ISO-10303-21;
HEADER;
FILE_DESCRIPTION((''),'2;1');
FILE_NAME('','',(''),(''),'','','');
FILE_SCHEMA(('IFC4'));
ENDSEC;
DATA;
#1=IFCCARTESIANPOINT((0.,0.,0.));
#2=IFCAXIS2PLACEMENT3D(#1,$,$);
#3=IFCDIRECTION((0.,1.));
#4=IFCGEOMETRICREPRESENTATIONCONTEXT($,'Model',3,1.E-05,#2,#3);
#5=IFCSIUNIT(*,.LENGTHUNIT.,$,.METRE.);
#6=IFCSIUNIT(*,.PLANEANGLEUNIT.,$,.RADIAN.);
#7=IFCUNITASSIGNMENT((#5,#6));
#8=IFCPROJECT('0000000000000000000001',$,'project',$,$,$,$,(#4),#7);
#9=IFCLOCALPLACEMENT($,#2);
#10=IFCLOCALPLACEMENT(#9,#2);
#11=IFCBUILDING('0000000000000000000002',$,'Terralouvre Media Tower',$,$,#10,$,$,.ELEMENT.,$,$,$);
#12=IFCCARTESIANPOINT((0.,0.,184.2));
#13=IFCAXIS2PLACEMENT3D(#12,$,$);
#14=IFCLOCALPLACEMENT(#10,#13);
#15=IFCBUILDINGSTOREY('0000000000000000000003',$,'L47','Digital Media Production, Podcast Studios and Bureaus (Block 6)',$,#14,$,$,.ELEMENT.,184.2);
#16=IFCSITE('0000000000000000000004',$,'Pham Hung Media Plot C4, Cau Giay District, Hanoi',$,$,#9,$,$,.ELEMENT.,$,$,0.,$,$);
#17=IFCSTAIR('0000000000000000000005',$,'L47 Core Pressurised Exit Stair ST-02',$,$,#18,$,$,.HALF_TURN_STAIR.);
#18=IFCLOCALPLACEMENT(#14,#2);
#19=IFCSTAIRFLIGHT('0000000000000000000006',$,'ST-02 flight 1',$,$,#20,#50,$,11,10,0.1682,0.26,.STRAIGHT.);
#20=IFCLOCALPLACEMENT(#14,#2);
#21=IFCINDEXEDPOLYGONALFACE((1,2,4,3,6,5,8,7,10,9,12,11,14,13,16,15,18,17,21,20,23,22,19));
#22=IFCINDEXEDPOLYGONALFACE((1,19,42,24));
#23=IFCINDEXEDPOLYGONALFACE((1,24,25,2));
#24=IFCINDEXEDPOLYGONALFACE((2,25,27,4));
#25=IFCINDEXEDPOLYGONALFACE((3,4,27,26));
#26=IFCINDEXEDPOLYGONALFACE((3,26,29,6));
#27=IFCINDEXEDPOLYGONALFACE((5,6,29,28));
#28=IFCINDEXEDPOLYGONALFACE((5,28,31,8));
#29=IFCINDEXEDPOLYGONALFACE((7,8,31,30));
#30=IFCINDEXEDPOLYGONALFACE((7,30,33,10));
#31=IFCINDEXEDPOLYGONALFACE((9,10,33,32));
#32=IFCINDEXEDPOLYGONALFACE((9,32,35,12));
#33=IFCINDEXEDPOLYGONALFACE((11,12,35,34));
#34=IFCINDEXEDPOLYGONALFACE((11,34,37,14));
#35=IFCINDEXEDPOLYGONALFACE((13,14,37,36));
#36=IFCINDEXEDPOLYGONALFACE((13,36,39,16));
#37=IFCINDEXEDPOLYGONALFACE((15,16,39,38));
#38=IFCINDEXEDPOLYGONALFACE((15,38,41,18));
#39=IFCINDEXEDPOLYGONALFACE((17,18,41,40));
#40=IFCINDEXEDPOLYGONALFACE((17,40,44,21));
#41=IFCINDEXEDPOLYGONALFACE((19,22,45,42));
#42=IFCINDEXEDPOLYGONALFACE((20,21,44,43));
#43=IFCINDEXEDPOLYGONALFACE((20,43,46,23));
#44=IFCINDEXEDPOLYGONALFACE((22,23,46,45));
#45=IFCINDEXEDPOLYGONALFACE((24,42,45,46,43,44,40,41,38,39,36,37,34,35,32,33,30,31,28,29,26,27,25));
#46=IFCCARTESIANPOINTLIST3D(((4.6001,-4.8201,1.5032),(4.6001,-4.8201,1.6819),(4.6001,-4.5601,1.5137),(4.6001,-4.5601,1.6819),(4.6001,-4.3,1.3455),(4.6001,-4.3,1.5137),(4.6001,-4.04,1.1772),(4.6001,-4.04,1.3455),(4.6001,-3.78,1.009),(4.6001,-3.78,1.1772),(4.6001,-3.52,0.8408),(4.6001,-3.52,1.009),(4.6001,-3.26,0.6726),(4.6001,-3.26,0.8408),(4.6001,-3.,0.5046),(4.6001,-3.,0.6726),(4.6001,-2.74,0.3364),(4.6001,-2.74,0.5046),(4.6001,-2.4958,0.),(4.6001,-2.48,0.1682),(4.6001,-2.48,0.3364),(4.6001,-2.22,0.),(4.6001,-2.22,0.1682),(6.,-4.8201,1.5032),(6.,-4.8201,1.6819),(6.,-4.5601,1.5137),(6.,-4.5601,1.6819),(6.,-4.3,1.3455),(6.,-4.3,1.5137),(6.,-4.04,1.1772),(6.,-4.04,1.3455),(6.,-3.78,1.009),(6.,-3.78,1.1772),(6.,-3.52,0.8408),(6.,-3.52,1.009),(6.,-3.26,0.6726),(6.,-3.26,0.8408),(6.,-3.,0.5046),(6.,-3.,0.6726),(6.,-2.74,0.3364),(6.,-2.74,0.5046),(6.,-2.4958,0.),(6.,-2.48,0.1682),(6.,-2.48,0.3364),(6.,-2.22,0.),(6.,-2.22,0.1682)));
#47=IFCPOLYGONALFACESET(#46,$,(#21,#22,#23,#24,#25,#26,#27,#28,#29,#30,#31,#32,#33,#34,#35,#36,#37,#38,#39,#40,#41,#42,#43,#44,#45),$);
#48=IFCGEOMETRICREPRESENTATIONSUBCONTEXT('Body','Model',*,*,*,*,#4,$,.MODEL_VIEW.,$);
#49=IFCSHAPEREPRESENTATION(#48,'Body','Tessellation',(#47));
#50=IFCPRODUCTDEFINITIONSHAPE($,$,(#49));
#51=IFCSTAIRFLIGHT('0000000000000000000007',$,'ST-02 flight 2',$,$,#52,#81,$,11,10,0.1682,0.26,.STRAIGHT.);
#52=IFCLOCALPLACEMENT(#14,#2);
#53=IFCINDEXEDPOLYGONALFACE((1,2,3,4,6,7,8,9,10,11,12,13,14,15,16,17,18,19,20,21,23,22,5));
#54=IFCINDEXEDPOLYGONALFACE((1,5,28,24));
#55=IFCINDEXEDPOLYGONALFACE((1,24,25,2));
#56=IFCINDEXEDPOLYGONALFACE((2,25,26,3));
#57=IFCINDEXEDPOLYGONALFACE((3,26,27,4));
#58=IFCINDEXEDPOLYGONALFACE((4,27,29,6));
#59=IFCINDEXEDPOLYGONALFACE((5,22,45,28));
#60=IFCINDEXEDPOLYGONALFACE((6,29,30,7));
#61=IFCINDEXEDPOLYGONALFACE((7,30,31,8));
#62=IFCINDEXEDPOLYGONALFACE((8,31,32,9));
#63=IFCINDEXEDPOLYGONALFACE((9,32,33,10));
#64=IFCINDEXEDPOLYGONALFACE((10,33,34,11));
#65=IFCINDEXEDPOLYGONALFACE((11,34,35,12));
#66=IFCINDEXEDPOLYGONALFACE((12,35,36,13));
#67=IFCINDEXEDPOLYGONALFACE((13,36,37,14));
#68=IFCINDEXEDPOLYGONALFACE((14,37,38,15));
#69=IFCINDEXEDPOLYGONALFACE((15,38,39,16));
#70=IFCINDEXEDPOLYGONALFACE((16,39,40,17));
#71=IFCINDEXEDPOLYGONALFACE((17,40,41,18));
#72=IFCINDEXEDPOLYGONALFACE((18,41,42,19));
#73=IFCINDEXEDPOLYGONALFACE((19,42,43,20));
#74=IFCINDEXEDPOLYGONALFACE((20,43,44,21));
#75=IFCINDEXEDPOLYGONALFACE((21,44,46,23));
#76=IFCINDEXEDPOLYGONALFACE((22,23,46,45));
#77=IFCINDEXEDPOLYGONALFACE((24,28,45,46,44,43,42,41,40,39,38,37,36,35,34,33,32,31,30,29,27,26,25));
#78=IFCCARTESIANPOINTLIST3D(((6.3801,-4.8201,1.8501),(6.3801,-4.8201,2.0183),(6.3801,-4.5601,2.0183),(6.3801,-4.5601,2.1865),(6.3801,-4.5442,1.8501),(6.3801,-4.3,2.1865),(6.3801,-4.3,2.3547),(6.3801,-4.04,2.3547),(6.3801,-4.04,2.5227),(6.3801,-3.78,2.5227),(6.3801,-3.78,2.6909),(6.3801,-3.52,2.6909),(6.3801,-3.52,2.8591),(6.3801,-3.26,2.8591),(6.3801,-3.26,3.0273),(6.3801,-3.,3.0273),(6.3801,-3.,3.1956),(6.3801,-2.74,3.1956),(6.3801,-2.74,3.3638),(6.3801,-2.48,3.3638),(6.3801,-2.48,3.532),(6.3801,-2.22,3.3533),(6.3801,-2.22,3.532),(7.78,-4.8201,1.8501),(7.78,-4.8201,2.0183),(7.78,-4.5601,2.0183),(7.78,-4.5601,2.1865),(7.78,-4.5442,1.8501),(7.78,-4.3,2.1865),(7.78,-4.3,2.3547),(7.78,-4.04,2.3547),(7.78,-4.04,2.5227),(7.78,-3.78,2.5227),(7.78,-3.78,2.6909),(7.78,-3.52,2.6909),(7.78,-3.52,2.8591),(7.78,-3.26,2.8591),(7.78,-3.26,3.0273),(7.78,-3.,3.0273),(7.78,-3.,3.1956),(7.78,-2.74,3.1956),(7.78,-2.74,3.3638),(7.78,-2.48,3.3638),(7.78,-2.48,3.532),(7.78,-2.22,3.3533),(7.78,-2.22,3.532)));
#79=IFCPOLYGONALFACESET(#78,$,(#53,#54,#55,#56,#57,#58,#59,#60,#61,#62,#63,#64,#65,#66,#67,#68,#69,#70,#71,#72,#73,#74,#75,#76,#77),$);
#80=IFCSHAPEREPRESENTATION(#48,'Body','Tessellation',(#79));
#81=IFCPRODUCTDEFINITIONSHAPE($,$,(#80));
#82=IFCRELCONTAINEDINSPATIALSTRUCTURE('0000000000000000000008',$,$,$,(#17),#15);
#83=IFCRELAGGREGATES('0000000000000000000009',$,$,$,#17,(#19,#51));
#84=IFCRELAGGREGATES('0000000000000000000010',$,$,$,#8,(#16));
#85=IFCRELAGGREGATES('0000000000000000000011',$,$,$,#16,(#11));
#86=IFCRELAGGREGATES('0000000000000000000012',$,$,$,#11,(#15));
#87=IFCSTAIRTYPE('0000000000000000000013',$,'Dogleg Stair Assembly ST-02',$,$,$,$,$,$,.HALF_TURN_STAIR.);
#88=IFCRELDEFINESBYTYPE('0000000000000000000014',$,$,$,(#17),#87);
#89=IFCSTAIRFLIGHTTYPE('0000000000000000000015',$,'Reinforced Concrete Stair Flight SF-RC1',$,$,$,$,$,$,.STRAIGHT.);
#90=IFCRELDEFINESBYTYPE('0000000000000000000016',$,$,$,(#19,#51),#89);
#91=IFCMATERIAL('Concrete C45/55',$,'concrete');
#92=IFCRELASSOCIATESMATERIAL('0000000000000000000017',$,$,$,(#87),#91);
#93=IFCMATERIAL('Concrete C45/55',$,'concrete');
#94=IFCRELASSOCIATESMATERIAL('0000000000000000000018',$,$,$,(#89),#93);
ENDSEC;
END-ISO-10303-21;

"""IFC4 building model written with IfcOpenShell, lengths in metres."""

from ifc_helpers import new_model, si_unit, direction, frame, origin, place, context, subcontext, project, spatial, polyline, outline, extrude, material, type_object, element, aggregate, save


model = new_model("IFC4")

# Units and contexts
model_context = context("Model", 3, precision=1e-05, world=origin(), true_north=direction((0.0, 1.0)))
body_context = subcontext(model_context, "Body", "Model", "MODEL_VIEW")
ifc_project = project(units=[si_unit("LENGTHUNIT", "METRE"), si_unit("PLANEANGLEUNIT", "RADIAN")], contexts=[model_context])

# Site, building, storey
site_placement = place(None, origin())
site = spatial("IfcSite", under=ifc_project, at=site_placement, Name="Pham Hung Media Plot C4, Cau Giay District, Hanoi", CompositionType="ELEMENT", RefElevation=0.0)
building_placement = place(site_placement, origin())
building = spatial("IfcBuilding", under=site, at=building_placement, Name="Terralouvre Media Tower", CompositionType="ELEMENT")
storey_placement = place(building_placement, frame((0.0, 0.0, 184.2)))
storey = spatial("IfcBuildingStorey", under=building, at=storey_placement, Name="L47", Description="Digital Media Production, Podcast Studios and Bureaus (Block 6)", CompositionType="ELEMENT", Elevation=184.2)

# Stair, stair flights
ifc_material_1 = material(Name="Concrete C45/55", Category="concrete")
stair_type = type_object("IfcStairType", Name="Dogleg Stair Assembly ST-02", PredefinedType="HALF_TURN_STAIR", material=ifc_material_1)
stair_placement = place(storey_placement, origin())
stair = element("IfcStair", 1, at=stair_placement, inside=storey, type_object=stair_type, Name="L47 Core Pressurised Exit Stair ST-02", PredefinedType="HALF_TURN_STAIR")
ifc_material_2 = material(Name="Concrete C45/55", Category="concrete")
stair_flight_type = type_object("IfcStairFlightType", Name="Reinforced Concrete Stair Flight SF-RC1", PredefinedType="STRAIGHT", material=ifc_material_2)
stair_flight_1_placement = place(storey_placement, frame((5.3, -2.22, 0.0), z_axis=(0.0, 0.0, 1.0), x_axis=(0.0, -1.0, 0.0)))
stair_flight_1 = element("IfcStairFlight", 2, at=stair_flight_1_placement, type_object=stair_flight_type, Name="ST-02 flight 1", NumberOfRisers=11, NumberOfTreads=10, PredefinedType="STRAIGHT", RiserHeight=0.1682, TreadLength=0.26, context=body_context, shape_type="SweptSolid", body=[
    extrude(outline(polyline([(0.0, 0.0), (0.0, 0.1682), (0.26, 0.1682), (0.26, 0.3364), (0.52, 0.3364), (0.52, 0.5046), (0.78, 0.5046), (0.78, 0.6726), (1.04, 0.6726), (1.04, 0.8408), (1.3, 0.8408), (1.3, 1.009), (1.5601, 1.009), (1.5601, 1.1772), (1.8201, 1.1772), (1.8201, 1.3455), (2.0801, 1.3455), (2.0801, 1.5137), (2.3401, 1.5137), (2.3401, 1.6819), (2.6001, 1.6819), (2.6001, 1.8501), (2.6001, 1.5032), (0.2759, 0.0), (0.0, 0.0)])), frame((0.0, 0.7, 0.0), z_axis=(0.0, -1.0, 0.0), x_axis=(1.0, 0.0, 0.0)), (0.0, 0.0, 1.0), 1.3999),
])
stair_flight_2_placement = place(storey_placement, frame((7.0801, -4.8201, 1.8501), z_axis=(0.0, 0.0, 1.0), x_axis=(0.0, 1.0, 0.0)))
stair_flight_2 = element("IfcStairFlight", 3, at=stair_flight_2_placement, type_object=stair_flight_type, Name="ST-02 flight 2", NumberOfRisers=11, NumberOfTreads=10, PredefinedType="STRAIGHT", RiserHeight=0.1682, TreadLength=0.26, context=body_context, shape_type="SweptSolid", body=[
    extrude(outline(polyline([(0.0, 0.0), (0.0, 0.1682), (0.26, 0.1682), (0.26, 0.3364), (0.52, 0.3364), (0.52, 0.5046), (0.78, 0.5046), (0.78, 0.6726), (1.04, 0.6726), (1.04, 0.8408), (1.3, 0.8408), (1.3, 1.009), (1.5601, 1.009), (1.5601, 1.1772), (1.8201, 1.1772), (1.8201, 1.3455), (2.0801, 1.3455), (2.0801, 1.5137), (2.3401, 1.5137), (2.3401, 1.6819), (2.6001, 1.6819), (2.6001, 1.8501), (2.6001, 1.5032), (0.2759, 0.0), (0.0, 0.0)])), frame((0.0, 0.7, 0.0), z_axis=(0.0, -1.0, 0.0), x_axis=(1.0, 0.0, 0.0)), (0.0, 0.0, 1.0), 1.3999),
])
aggregate(stair, [stair_flight_1, stair_flight_2])

save(model, "model.ifc")
